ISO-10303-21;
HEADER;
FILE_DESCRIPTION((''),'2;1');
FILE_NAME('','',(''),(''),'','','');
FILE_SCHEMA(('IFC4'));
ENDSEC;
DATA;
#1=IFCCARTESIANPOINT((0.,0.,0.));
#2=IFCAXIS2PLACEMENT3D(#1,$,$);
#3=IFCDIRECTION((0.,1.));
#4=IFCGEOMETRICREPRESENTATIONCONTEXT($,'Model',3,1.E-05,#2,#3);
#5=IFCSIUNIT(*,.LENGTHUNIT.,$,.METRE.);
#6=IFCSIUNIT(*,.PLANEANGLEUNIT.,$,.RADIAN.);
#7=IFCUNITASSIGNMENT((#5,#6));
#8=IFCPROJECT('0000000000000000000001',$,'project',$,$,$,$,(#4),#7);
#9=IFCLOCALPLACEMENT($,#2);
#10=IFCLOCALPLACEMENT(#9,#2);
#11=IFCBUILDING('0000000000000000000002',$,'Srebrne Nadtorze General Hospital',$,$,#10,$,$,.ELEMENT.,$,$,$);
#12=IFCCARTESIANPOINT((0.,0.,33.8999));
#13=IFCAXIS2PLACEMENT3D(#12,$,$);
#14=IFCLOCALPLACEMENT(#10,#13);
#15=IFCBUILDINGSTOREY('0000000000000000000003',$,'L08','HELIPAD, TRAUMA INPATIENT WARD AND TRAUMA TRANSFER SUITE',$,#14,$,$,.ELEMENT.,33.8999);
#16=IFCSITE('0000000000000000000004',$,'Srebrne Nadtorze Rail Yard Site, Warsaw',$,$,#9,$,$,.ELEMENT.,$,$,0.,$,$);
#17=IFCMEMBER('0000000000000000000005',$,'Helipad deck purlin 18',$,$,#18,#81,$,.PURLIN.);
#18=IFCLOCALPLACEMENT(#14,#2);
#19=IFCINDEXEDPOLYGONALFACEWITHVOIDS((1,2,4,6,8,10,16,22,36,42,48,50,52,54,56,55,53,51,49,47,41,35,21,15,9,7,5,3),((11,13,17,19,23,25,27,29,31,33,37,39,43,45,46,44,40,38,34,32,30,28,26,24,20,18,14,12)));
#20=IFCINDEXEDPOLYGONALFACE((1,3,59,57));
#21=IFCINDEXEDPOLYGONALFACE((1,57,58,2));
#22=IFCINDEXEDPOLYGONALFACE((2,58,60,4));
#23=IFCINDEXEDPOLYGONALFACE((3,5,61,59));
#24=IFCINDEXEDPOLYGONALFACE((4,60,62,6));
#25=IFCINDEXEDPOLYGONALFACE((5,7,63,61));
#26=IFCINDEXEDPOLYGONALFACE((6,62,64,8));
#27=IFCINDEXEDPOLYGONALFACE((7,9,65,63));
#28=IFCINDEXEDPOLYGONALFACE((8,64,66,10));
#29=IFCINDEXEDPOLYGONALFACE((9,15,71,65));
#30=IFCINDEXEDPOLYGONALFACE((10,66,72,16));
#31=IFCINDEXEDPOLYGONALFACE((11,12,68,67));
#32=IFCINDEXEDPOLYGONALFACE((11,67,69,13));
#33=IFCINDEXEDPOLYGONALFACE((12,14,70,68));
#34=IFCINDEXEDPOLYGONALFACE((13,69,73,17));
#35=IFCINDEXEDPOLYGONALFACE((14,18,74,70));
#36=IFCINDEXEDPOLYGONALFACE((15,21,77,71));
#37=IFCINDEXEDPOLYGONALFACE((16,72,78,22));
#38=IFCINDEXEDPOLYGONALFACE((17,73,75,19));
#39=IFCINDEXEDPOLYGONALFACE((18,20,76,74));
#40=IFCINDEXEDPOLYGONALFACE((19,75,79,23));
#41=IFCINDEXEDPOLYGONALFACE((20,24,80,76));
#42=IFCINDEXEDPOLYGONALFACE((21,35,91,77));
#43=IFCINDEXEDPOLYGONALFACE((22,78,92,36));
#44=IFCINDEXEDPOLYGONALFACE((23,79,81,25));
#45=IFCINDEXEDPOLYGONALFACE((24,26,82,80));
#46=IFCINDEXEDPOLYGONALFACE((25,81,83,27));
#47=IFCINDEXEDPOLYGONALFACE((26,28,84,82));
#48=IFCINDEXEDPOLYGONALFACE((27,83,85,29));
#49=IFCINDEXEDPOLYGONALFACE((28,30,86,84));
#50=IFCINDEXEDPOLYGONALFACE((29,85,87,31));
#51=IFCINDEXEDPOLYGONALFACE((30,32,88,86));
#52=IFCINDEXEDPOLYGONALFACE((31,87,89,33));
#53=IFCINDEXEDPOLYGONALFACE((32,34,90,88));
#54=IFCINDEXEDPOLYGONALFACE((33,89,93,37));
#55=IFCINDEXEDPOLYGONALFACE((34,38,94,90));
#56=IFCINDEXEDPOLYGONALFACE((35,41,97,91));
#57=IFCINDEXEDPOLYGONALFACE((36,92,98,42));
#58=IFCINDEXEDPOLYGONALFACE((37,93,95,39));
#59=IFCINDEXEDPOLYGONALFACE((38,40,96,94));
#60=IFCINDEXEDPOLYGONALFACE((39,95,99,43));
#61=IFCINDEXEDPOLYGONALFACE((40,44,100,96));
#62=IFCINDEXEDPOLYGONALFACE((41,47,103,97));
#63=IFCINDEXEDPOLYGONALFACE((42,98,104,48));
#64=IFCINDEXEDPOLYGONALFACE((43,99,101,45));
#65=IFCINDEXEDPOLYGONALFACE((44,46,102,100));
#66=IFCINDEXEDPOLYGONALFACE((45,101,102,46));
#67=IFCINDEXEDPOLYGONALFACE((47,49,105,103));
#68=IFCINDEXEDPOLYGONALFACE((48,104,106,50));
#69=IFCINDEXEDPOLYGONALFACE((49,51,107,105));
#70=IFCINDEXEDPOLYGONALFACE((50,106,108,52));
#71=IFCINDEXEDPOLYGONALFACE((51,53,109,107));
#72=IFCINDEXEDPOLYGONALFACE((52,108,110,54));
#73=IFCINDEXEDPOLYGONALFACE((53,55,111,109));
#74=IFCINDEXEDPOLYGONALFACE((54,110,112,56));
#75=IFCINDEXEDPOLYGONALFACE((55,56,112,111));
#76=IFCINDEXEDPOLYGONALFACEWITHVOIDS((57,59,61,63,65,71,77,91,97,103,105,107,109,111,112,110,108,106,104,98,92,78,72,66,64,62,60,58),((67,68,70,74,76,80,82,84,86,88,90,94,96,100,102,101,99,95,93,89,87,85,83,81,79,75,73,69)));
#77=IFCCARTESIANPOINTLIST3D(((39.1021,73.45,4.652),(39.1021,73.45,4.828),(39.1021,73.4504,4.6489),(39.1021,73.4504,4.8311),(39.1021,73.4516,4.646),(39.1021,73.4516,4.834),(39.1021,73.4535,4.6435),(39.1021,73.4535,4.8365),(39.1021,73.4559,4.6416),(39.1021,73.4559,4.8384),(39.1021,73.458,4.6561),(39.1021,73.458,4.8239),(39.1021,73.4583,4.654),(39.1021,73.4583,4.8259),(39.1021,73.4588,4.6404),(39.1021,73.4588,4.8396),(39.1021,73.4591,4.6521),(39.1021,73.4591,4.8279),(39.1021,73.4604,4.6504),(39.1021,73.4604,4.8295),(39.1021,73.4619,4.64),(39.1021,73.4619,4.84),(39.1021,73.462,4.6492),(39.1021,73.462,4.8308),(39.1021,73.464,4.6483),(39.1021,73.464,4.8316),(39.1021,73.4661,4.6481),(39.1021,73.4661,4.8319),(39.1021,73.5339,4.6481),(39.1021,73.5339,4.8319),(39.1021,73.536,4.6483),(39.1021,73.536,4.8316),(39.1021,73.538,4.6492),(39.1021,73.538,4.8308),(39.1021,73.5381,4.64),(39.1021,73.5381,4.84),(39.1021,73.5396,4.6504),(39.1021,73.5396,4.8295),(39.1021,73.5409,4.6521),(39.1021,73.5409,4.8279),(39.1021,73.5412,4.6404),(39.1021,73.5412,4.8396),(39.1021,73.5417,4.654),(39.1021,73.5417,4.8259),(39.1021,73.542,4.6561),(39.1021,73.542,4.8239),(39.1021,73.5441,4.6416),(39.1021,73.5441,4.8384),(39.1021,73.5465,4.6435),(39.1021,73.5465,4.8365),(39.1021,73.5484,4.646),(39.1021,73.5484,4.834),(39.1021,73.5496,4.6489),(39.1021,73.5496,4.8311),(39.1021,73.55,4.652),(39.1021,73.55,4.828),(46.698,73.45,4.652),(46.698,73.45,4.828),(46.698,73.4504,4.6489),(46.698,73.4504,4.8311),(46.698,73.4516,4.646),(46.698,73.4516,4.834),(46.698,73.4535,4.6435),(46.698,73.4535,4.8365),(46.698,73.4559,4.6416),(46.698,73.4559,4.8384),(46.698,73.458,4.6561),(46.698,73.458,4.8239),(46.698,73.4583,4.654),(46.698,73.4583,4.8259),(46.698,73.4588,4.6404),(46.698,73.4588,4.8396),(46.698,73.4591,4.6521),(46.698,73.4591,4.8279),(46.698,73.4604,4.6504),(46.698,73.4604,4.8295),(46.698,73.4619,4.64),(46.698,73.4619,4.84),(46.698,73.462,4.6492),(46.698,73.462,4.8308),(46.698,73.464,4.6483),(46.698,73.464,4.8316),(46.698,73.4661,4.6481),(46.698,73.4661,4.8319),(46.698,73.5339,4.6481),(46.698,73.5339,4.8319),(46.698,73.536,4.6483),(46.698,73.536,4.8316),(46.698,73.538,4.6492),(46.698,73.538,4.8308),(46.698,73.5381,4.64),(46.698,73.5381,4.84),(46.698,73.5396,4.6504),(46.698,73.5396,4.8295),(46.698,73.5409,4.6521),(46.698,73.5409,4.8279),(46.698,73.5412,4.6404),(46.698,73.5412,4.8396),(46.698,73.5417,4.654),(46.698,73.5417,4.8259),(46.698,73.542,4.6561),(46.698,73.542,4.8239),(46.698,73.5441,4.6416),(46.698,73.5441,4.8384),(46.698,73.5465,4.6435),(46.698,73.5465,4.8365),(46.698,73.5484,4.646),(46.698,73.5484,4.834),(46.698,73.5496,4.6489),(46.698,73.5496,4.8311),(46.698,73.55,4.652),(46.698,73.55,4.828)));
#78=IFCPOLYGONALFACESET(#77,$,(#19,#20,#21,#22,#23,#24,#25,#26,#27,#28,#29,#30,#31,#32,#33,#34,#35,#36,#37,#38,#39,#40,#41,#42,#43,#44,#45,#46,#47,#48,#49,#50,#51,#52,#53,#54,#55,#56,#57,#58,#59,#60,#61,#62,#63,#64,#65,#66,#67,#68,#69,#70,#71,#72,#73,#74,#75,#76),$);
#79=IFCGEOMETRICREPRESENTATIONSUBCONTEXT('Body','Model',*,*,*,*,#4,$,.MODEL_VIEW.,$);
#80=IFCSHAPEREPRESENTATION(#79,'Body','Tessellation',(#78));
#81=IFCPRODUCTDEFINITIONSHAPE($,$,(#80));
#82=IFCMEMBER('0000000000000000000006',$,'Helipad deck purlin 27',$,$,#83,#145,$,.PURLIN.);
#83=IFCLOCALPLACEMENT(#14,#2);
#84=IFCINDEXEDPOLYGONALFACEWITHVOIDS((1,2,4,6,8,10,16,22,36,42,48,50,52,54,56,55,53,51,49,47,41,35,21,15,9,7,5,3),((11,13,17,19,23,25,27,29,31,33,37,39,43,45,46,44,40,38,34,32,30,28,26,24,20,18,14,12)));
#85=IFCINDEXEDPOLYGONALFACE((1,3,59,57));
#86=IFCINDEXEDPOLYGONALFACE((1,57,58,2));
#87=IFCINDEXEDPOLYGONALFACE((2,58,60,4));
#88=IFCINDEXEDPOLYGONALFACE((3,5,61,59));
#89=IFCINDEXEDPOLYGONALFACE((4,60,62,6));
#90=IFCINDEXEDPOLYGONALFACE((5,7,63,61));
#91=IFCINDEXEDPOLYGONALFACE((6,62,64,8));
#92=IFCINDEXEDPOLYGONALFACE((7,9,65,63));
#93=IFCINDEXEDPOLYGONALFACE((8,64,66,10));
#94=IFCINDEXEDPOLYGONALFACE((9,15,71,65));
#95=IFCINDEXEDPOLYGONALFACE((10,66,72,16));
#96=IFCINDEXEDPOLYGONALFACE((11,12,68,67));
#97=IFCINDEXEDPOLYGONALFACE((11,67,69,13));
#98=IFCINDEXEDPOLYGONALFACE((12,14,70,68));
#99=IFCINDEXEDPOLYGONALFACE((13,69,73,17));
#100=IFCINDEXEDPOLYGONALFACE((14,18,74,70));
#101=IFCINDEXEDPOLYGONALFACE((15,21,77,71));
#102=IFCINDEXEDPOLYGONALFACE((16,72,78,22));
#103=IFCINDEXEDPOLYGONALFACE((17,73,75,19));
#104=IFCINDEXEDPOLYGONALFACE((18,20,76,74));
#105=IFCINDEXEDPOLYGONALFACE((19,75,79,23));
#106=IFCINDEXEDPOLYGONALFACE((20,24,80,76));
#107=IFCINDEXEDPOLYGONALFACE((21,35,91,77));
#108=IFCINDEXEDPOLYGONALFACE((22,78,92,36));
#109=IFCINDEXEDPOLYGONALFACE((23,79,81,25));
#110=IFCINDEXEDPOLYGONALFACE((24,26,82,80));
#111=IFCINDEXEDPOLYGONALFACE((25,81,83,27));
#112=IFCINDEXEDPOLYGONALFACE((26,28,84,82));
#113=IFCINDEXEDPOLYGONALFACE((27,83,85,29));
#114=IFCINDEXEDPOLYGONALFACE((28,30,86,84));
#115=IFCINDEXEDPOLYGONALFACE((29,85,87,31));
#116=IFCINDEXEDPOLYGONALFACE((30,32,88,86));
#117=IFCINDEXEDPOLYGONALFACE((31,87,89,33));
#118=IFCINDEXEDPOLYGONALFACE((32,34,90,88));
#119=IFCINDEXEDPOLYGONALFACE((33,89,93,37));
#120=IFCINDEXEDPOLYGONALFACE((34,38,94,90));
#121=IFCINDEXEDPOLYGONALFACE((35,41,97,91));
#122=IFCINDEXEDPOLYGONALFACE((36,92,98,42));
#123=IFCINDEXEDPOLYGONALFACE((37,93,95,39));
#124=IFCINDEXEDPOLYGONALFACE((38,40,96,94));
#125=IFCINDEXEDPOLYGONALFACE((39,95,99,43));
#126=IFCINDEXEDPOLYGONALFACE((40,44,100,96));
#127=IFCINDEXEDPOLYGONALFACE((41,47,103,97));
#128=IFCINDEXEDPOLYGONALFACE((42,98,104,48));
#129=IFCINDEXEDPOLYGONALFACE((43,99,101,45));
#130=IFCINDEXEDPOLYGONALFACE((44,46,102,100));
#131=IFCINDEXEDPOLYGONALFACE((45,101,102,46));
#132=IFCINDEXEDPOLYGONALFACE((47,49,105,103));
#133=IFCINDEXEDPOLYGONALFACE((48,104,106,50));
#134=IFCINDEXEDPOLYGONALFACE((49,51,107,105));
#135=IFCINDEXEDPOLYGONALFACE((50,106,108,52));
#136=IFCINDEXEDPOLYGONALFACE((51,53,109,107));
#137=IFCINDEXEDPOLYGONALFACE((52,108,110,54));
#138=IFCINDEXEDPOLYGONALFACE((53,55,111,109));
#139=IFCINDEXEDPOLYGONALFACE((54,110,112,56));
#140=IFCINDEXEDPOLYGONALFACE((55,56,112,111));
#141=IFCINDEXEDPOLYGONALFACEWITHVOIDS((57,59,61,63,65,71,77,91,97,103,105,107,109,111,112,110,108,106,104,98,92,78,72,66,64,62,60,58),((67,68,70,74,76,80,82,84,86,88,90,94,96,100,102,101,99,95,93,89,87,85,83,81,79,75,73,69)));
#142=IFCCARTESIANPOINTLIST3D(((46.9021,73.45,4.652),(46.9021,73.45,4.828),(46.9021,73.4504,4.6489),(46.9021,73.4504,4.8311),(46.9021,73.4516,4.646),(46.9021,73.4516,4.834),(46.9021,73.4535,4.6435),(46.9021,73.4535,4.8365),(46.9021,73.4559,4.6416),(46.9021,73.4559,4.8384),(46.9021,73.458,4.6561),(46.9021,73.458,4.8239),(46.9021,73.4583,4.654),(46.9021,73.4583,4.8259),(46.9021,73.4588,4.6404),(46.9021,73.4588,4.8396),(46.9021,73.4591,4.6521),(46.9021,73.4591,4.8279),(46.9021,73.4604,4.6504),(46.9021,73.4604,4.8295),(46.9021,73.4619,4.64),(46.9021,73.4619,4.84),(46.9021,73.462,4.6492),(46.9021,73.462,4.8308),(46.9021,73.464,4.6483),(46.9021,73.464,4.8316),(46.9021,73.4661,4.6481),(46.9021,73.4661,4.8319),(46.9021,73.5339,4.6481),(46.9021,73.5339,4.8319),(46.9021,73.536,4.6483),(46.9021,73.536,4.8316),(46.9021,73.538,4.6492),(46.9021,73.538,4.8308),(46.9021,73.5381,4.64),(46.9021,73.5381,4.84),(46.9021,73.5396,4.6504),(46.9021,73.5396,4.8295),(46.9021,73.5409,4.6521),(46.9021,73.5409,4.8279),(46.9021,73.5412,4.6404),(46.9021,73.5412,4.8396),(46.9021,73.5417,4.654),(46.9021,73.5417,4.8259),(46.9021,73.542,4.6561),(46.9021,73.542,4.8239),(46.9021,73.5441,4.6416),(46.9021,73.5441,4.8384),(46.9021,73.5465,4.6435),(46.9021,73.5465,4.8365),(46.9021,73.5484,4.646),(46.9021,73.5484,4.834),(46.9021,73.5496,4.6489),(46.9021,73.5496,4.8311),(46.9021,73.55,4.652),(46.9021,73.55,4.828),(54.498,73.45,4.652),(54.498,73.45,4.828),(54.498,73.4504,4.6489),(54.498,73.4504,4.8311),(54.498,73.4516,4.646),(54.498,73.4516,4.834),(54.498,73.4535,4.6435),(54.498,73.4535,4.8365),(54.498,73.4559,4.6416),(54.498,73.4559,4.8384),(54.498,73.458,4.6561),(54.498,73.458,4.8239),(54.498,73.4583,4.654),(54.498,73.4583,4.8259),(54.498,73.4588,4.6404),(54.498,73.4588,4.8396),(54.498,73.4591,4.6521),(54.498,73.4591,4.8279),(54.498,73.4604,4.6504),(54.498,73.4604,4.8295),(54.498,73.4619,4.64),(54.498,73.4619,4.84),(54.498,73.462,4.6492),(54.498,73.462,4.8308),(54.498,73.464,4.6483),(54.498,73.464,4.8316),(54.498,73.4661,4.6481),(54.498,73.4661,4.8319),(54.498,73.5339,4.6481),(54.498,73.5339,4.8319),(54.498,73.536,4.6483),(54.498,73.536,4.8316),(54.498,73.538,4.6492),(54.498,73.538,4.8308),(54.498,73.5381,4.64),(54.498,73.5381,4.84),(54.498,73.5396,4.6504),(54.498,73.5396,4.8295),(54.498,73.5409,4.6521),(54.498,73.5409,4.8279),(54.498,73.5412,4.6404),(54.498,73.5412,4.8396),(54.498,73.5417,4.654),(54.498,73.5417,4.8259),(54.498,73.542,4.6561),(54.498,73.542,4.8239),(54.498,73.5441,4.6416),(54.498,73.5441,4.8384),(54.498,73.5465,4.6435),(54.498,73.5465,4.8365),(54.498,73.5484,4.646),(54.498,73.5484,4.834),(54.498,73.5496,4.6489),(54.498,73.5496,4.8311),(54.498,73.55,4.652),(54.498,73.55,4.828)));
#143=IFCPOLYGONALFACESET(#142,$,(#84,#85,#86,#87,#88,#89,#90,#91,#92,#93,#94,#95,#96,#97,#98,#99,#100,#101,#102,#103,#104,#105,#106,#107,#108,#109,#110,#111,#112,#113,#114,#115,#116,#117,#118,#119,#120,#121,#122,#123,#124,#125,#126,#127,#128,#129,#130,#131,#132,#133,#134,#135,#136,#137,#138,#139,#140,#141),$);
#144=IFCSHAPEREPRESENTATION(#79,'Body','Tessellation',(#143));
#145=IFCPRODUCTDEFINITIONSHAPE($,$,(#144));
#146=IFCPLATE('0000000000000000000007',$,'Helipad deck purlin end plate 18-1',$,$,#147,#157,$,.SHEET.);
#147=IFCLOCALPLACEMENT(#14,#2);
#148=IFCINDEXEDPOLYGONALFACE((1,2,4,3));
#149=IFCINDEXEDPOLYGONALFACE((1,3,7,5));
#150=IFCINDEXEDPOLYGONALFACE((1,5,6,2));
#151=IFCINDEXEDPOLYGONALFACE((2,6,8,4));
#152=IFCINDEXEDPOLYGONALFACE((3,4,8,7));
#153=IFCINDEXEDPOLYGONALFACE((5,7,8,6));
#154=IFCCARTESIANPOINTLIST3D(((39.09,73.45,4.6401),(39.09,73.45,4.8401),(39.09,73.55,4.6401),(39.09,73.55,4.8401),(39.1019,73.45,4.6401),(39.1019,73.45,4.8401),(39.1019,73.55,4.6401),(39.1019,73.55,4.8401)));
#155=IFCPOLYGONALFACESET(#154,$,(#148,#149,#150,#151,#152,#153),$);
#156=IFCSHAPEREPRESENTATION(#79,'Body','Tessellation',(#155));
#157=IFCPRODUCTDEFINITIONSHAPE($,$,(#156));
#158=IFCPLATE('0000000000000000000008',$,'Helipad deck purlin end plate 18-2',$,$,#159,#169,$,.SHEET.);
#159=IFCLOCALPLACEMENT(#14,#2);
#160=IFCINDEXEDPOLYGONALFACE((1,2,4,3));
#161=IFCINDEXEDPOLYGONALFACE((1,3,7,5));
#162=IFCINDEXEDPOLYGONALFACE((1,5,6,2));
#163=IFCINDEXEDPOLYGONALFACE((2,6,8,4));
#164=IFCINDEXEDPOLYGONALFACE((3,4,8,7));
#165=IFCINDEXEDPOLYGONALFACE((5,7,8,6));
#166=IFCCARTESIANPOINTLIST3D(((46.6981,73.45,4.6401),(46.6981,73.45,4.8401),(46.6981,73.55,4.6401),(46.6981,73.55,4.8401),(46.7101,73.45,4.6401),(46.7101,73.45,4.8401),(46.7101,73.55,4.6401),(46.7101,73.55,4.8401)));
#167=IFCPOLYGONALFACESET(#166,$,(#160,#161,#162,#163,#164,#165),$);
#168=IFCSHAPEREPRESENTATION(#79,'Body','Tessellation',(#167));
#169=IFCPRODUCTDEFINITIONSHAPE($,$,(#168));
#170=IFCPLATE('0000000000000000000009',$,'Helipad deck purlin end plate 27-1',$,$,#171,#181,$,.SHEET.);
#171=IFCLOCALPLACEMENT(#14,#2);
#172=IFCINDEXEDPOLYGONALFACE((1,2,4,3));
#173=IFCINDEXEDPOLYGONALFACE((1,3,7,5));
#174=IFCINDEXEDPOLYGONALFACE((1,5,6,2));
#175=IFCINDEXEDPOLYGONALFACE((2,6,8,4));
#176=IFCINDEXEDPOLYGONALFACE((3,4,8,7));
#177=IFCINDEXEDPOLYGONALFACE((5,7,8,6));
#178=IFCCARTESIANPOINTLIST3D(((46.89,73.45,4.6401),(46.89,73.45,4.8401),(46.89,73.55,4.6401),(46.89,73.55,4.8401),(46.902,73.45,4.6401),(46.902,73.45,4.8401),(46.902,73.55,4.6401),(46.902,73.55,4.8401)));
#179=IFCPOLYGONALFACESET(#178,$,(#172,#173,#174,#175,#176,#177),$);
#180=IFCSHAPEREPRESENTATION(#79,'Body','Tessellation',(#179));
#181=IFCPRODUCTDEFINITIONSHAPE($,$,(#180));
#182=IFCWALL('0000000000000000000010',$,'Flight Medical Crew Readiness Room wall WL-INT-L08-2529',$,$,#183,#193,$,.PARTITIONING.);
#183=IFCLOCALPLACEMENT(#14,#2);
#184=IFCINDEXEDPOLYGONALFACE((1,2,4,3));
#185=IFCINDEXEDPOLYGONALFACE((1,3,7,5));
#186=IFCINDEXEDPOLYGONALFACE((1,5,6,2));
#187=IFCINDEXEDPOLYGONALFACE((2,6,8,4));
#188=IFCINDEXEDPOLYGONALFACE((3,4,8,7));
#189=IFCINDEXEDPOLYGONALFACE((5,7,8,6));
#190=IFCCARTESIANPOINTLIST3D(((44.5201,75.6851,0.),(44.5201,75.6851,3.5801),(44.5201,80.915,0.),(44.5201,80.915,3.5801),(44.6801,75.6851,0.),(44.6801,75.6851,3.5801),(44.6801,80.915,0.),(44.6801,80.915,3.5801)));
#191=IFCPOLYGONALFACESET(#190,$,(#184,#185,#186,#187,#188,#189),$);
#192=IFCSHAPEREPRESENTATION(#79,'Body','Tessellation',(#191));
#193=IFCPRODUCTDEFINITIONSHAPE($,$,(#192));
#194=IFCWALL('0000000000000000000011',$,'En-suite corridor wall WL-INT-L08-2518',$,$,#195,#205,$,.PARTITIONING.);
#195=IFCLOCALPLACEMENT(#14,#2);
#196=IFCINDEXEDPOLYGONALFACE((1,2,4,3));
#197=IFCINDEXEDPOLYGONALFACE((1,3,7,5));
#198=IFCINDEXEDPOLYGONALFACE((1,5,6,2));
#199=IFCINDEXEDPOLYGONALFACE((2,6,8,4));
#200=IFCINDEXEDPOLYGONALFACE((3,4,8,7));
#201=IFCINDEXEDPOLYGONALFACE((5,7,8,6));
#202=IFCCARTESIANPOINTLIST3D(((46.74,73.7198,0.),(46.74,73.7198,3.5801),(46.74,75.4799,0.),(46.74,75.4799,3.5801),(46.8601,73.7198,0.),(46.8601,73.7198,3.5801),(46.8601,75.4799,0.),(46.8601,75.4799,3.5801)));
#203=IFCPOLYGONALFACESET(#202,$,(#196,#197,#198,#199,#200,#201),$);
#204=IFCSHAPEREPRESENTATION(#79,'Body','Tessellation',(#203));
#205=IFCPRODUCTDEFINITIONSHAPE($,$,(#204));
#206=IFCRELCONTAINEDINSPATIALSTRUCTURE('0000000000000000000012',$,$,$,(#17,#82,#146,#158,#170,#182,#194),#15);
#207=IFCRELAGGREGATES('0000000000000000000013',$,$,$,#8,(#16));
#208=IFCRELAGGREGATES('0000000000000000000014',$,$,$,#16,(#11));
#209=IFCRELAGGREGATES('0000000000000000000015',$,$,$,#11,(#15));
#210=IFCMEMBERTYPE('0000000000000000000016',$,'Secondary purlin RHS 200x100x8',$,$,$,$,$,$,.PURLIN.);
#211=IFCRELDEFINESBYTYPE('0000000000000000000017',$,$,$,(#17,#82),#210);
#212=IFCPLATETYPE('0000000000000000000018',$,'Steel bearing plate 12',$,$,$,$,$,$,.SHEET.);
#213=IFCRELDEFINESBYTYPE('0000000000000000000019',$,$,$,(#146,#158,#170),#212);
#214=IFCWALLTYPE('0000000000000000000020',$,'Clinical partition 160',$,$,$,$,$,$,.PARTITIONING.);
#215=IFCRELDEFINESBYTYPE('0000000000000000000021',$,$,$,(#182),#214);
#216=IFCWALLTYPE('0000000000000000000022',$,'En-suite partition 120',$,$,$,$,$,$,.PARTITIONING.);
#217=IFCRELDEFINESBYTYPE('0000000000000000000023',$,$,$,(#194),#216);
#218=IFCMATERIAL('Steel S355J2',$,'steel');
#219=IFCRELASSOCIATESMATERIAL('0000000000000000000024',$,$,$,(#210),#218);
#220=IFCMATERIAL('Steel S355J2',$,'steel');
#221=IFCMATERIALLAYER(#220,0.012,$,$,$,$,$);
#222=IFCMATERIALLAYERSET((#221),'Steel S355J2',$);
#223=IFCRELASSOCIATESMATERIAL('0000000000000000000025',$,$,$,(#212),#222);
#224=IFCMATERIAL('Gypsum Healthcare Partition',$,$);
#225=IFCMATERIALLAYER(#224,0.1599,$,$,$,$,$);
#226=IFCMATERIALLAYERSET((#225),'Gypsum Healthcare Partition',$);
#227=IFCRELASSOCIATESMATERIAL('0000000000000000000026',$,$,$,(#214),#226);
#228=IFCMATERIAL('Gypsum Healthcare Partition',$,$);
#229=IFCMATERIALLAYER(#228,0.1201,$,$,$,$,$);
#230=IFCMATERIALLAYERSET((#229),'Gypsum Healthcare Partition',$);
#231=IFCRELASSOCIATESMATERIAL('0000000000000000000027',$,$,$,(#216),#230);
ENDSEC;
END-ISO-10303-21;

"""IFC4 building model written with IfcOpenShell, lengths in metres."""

from ifc_helpers import new_model, si_unit, direction, frame, frame_2d, origin, origin_2d, place, context, subcontext, project, spatial, rectangle, hollow_rectangle, extrude, material, layer, layer_set, material_profile, profile_set, type_object, element, save


model = new_model("IFC4")

# Units and contexts
model_context = context("Model", 3, precision=1e-05, world=origin(), true_north=direction((0.0, 1.0)))
body_context = subcontext(model_context, "Body", "Model", "MODEL_VIEW")
ifc_project = project(units=[si_unit("LENGTHUNIT", "METRE"), si_unit("PLANEANGLEUNIT", "RADIAN")], contexts=[model_context])

# Site, building, storey
site_placement = place(None, origin())
site = spatial("IfcSite", under=ifc_project, at=site_placement, Name="Srebrne Nadtorze Rail Yard Site, Warsaw", CompositionType="ELEMENT", RefElevation=0.0)
building_placement = place(site_placement, origin())
building = spatial("IfcBuilding", under=site, at=building_placement, Name="Srebrne Nadtorze General Hospital", CompositionType="ELEMENT")
storey_placement = place(building_placement, frame((0.0, 0.0, 33.8999)))
storey = spatial("IfcBuildingStorey", under=building, at=storey_placement, Name="L08", Description="HELIPAD, TRAUMA INPATIENT WARD AND TRAUMA TRANSFER SUITE", CompositionType="ELEMENT", Elevation=33.8999)

# Members
ifc_material_1 = material(Name="Steel S355J2", Category="steel")
ifc_material_profile_1 = material_profile(ifc_material_1, hollow_rectangle(XDim=0.1001, YDim=0.2, WallThickness=0.0081, InnerFilletRadius=0.0081, OuterFilletRadius=0.012, at=origin_2d()), Name="RHS-200x100x8")
ifc_profile_set_1 = profile_set([ifc_material_profile_1], Name="Steel S355J2")
member_type = type_object("IfcMemberType", Name="Secondary purlin RHS 200x100x8", PredefinedType="PURLIN", material=ifc_profile_set_1)
for number, where, z_axis, x_axis, name in (
    (1, (39.1021, 73.5, 4.74), (1.0, 0.0, 0.0), (0.0, 1.0, 0.0), "Helipad deck purlin 18"),
    (2, (46.9021, 73.5, 4.74), (1.0, 0.0, 0.0), (0.0, 1.0, 0.0), "Helipad deck purlin 27"),
):
    element("IfcMember", number, at=place(storey_placement, frame(where, z_axis=z_axis, x_axis=x_axis)), inside=storey, type_object=member_type, Name=name, PredefinedType="PURLIN", context=body_context, shape_type="SweptSolid", body=[
        extrude(hollow_rectangle(XDim=0.1001, YDim=0.2, WallThickness=0.0081, InnerFilletRadius=0.0081, OuterFilletRadius=0.012, at=origin_2d()), origin(), (0.0, 0.0, 1.0), 7.5959),
    ])

# Plates
ifc_material_2 = material(Name="Steel S355J2", Category="steel")
ifc_layer_1 = layer(ifc_material_2, 0.012)
ifc_layer_set_1 = layer_set([ifc_layer_1], Name="Steel S355J2")
plate_type = type_object("IfcPlateType", Name="Steel bearing plate 12", PredefinedType="SHEET", material=ifc_layer_set_1)
for number, where, z_axis, x_axis, name in (
    (3, (39.0959, 73.5, 4.6401), (0.0, 0.0, 1.0), (1.0, 0.0, 0.0), "Helipad deck purlin end plate 18-1"),
    (4, (46.7041, 73.5, 4.6401), (0.0, 0.0, 1.0), (1.0, 0.0, 0.0), "Helipad deck purlin end plate 18-2"),
    (5, (46.896, 73.5, 4.6401), (0.0, 0.0, 1.0), (1.0, 0.0, 0.0), "Helipad deck purlin end plate 27-1"),
):
    element("IfcPlate", number, at=place(storey_placement, frame(where, z_axis=z_axis, x_axis=x_axis)), inside=storey, type_object=plate_type, Name=name, PredefinedType="SHEET", context=body_context, shape_type="SweptSolid", body=[
        extrude(rectangle(XDim=0.012, YDim=0.1001, at=origin_2d()), origin(), (0.0, 0.0, 1.0), 0.2),
    ])

# Walls
ifc_material_3 = material(Name="Gypsum Healthcare Partition")
ifc_layer_2 = layer(ifc_material_3, 0.1599)
ifc_layer_set_2 = layer_set([ifc_layer_2], Name="Gypsum Healthcare Partition")
wall_type_1 = type_object("IfcWallType", Name="Clinical partition 160", PredefinedType="PARTITIONING", material=ifc_layer_set_2)
wall_1_placement = place(storey_placement, frame((44.6001, 75.6851, 0.0), z_axis=(0.0, 0.0, 1.0), x_axis=(0.0, 1.0, 0.0)))
element("IfcWall", 6, at=wall_1_placement, inside=storey, type_object=wall_type_1, Name="Flight Medical Crew Readiness Room wall WL-INT-L08-2529", PredefinedType="PARTITIONING", context=body_context, shape_type="SweptSolid", body=[
    extrude(rectangle(XDim=5.23, YDim=0.1599, at=frame_2d((2.615, 0.0))), origin(), (0.0, 0.0, 1.0), 3.5801),
])
ifc_material_4 = material(Name="Gypsum Healthcare Partition")
ifc_layer_3 = layer(ifc_material_4, 0.1201)
ifc_layer_set_3 = layer_set([ifc_layer_3], Name="Gypsum Healthcare Partition")
wall_type_2 = type_object("IfcWallType", Name="En-suite partition 120", PredefinedType="PARTITIONING", material=ifc_layer_set_3)
wall_2_placement = place(storey_placement, frame((46.8, 73.72, 0.0), z_axis=(0.0, 0.0, 1.0), x_axis=(0.0, 1.0, 0.0)))
element("IfcWall", 7, at=wall_2_placement, inside=storey, type_object=wall_type_2, Name="En-suite corridor wall WL-INT-L08-2518", PredefinedType="PARTITIONING", context=body_context, shape_type="SweptSolid", body=[
    extrude(rectangle(XDim=1.76, YDim=0.1201, at=frame_2d((0.8799, 0.0))), origin(), (0.0, 0.0, 1.0), 3.5801),
])

save(model, "model.ifc")
